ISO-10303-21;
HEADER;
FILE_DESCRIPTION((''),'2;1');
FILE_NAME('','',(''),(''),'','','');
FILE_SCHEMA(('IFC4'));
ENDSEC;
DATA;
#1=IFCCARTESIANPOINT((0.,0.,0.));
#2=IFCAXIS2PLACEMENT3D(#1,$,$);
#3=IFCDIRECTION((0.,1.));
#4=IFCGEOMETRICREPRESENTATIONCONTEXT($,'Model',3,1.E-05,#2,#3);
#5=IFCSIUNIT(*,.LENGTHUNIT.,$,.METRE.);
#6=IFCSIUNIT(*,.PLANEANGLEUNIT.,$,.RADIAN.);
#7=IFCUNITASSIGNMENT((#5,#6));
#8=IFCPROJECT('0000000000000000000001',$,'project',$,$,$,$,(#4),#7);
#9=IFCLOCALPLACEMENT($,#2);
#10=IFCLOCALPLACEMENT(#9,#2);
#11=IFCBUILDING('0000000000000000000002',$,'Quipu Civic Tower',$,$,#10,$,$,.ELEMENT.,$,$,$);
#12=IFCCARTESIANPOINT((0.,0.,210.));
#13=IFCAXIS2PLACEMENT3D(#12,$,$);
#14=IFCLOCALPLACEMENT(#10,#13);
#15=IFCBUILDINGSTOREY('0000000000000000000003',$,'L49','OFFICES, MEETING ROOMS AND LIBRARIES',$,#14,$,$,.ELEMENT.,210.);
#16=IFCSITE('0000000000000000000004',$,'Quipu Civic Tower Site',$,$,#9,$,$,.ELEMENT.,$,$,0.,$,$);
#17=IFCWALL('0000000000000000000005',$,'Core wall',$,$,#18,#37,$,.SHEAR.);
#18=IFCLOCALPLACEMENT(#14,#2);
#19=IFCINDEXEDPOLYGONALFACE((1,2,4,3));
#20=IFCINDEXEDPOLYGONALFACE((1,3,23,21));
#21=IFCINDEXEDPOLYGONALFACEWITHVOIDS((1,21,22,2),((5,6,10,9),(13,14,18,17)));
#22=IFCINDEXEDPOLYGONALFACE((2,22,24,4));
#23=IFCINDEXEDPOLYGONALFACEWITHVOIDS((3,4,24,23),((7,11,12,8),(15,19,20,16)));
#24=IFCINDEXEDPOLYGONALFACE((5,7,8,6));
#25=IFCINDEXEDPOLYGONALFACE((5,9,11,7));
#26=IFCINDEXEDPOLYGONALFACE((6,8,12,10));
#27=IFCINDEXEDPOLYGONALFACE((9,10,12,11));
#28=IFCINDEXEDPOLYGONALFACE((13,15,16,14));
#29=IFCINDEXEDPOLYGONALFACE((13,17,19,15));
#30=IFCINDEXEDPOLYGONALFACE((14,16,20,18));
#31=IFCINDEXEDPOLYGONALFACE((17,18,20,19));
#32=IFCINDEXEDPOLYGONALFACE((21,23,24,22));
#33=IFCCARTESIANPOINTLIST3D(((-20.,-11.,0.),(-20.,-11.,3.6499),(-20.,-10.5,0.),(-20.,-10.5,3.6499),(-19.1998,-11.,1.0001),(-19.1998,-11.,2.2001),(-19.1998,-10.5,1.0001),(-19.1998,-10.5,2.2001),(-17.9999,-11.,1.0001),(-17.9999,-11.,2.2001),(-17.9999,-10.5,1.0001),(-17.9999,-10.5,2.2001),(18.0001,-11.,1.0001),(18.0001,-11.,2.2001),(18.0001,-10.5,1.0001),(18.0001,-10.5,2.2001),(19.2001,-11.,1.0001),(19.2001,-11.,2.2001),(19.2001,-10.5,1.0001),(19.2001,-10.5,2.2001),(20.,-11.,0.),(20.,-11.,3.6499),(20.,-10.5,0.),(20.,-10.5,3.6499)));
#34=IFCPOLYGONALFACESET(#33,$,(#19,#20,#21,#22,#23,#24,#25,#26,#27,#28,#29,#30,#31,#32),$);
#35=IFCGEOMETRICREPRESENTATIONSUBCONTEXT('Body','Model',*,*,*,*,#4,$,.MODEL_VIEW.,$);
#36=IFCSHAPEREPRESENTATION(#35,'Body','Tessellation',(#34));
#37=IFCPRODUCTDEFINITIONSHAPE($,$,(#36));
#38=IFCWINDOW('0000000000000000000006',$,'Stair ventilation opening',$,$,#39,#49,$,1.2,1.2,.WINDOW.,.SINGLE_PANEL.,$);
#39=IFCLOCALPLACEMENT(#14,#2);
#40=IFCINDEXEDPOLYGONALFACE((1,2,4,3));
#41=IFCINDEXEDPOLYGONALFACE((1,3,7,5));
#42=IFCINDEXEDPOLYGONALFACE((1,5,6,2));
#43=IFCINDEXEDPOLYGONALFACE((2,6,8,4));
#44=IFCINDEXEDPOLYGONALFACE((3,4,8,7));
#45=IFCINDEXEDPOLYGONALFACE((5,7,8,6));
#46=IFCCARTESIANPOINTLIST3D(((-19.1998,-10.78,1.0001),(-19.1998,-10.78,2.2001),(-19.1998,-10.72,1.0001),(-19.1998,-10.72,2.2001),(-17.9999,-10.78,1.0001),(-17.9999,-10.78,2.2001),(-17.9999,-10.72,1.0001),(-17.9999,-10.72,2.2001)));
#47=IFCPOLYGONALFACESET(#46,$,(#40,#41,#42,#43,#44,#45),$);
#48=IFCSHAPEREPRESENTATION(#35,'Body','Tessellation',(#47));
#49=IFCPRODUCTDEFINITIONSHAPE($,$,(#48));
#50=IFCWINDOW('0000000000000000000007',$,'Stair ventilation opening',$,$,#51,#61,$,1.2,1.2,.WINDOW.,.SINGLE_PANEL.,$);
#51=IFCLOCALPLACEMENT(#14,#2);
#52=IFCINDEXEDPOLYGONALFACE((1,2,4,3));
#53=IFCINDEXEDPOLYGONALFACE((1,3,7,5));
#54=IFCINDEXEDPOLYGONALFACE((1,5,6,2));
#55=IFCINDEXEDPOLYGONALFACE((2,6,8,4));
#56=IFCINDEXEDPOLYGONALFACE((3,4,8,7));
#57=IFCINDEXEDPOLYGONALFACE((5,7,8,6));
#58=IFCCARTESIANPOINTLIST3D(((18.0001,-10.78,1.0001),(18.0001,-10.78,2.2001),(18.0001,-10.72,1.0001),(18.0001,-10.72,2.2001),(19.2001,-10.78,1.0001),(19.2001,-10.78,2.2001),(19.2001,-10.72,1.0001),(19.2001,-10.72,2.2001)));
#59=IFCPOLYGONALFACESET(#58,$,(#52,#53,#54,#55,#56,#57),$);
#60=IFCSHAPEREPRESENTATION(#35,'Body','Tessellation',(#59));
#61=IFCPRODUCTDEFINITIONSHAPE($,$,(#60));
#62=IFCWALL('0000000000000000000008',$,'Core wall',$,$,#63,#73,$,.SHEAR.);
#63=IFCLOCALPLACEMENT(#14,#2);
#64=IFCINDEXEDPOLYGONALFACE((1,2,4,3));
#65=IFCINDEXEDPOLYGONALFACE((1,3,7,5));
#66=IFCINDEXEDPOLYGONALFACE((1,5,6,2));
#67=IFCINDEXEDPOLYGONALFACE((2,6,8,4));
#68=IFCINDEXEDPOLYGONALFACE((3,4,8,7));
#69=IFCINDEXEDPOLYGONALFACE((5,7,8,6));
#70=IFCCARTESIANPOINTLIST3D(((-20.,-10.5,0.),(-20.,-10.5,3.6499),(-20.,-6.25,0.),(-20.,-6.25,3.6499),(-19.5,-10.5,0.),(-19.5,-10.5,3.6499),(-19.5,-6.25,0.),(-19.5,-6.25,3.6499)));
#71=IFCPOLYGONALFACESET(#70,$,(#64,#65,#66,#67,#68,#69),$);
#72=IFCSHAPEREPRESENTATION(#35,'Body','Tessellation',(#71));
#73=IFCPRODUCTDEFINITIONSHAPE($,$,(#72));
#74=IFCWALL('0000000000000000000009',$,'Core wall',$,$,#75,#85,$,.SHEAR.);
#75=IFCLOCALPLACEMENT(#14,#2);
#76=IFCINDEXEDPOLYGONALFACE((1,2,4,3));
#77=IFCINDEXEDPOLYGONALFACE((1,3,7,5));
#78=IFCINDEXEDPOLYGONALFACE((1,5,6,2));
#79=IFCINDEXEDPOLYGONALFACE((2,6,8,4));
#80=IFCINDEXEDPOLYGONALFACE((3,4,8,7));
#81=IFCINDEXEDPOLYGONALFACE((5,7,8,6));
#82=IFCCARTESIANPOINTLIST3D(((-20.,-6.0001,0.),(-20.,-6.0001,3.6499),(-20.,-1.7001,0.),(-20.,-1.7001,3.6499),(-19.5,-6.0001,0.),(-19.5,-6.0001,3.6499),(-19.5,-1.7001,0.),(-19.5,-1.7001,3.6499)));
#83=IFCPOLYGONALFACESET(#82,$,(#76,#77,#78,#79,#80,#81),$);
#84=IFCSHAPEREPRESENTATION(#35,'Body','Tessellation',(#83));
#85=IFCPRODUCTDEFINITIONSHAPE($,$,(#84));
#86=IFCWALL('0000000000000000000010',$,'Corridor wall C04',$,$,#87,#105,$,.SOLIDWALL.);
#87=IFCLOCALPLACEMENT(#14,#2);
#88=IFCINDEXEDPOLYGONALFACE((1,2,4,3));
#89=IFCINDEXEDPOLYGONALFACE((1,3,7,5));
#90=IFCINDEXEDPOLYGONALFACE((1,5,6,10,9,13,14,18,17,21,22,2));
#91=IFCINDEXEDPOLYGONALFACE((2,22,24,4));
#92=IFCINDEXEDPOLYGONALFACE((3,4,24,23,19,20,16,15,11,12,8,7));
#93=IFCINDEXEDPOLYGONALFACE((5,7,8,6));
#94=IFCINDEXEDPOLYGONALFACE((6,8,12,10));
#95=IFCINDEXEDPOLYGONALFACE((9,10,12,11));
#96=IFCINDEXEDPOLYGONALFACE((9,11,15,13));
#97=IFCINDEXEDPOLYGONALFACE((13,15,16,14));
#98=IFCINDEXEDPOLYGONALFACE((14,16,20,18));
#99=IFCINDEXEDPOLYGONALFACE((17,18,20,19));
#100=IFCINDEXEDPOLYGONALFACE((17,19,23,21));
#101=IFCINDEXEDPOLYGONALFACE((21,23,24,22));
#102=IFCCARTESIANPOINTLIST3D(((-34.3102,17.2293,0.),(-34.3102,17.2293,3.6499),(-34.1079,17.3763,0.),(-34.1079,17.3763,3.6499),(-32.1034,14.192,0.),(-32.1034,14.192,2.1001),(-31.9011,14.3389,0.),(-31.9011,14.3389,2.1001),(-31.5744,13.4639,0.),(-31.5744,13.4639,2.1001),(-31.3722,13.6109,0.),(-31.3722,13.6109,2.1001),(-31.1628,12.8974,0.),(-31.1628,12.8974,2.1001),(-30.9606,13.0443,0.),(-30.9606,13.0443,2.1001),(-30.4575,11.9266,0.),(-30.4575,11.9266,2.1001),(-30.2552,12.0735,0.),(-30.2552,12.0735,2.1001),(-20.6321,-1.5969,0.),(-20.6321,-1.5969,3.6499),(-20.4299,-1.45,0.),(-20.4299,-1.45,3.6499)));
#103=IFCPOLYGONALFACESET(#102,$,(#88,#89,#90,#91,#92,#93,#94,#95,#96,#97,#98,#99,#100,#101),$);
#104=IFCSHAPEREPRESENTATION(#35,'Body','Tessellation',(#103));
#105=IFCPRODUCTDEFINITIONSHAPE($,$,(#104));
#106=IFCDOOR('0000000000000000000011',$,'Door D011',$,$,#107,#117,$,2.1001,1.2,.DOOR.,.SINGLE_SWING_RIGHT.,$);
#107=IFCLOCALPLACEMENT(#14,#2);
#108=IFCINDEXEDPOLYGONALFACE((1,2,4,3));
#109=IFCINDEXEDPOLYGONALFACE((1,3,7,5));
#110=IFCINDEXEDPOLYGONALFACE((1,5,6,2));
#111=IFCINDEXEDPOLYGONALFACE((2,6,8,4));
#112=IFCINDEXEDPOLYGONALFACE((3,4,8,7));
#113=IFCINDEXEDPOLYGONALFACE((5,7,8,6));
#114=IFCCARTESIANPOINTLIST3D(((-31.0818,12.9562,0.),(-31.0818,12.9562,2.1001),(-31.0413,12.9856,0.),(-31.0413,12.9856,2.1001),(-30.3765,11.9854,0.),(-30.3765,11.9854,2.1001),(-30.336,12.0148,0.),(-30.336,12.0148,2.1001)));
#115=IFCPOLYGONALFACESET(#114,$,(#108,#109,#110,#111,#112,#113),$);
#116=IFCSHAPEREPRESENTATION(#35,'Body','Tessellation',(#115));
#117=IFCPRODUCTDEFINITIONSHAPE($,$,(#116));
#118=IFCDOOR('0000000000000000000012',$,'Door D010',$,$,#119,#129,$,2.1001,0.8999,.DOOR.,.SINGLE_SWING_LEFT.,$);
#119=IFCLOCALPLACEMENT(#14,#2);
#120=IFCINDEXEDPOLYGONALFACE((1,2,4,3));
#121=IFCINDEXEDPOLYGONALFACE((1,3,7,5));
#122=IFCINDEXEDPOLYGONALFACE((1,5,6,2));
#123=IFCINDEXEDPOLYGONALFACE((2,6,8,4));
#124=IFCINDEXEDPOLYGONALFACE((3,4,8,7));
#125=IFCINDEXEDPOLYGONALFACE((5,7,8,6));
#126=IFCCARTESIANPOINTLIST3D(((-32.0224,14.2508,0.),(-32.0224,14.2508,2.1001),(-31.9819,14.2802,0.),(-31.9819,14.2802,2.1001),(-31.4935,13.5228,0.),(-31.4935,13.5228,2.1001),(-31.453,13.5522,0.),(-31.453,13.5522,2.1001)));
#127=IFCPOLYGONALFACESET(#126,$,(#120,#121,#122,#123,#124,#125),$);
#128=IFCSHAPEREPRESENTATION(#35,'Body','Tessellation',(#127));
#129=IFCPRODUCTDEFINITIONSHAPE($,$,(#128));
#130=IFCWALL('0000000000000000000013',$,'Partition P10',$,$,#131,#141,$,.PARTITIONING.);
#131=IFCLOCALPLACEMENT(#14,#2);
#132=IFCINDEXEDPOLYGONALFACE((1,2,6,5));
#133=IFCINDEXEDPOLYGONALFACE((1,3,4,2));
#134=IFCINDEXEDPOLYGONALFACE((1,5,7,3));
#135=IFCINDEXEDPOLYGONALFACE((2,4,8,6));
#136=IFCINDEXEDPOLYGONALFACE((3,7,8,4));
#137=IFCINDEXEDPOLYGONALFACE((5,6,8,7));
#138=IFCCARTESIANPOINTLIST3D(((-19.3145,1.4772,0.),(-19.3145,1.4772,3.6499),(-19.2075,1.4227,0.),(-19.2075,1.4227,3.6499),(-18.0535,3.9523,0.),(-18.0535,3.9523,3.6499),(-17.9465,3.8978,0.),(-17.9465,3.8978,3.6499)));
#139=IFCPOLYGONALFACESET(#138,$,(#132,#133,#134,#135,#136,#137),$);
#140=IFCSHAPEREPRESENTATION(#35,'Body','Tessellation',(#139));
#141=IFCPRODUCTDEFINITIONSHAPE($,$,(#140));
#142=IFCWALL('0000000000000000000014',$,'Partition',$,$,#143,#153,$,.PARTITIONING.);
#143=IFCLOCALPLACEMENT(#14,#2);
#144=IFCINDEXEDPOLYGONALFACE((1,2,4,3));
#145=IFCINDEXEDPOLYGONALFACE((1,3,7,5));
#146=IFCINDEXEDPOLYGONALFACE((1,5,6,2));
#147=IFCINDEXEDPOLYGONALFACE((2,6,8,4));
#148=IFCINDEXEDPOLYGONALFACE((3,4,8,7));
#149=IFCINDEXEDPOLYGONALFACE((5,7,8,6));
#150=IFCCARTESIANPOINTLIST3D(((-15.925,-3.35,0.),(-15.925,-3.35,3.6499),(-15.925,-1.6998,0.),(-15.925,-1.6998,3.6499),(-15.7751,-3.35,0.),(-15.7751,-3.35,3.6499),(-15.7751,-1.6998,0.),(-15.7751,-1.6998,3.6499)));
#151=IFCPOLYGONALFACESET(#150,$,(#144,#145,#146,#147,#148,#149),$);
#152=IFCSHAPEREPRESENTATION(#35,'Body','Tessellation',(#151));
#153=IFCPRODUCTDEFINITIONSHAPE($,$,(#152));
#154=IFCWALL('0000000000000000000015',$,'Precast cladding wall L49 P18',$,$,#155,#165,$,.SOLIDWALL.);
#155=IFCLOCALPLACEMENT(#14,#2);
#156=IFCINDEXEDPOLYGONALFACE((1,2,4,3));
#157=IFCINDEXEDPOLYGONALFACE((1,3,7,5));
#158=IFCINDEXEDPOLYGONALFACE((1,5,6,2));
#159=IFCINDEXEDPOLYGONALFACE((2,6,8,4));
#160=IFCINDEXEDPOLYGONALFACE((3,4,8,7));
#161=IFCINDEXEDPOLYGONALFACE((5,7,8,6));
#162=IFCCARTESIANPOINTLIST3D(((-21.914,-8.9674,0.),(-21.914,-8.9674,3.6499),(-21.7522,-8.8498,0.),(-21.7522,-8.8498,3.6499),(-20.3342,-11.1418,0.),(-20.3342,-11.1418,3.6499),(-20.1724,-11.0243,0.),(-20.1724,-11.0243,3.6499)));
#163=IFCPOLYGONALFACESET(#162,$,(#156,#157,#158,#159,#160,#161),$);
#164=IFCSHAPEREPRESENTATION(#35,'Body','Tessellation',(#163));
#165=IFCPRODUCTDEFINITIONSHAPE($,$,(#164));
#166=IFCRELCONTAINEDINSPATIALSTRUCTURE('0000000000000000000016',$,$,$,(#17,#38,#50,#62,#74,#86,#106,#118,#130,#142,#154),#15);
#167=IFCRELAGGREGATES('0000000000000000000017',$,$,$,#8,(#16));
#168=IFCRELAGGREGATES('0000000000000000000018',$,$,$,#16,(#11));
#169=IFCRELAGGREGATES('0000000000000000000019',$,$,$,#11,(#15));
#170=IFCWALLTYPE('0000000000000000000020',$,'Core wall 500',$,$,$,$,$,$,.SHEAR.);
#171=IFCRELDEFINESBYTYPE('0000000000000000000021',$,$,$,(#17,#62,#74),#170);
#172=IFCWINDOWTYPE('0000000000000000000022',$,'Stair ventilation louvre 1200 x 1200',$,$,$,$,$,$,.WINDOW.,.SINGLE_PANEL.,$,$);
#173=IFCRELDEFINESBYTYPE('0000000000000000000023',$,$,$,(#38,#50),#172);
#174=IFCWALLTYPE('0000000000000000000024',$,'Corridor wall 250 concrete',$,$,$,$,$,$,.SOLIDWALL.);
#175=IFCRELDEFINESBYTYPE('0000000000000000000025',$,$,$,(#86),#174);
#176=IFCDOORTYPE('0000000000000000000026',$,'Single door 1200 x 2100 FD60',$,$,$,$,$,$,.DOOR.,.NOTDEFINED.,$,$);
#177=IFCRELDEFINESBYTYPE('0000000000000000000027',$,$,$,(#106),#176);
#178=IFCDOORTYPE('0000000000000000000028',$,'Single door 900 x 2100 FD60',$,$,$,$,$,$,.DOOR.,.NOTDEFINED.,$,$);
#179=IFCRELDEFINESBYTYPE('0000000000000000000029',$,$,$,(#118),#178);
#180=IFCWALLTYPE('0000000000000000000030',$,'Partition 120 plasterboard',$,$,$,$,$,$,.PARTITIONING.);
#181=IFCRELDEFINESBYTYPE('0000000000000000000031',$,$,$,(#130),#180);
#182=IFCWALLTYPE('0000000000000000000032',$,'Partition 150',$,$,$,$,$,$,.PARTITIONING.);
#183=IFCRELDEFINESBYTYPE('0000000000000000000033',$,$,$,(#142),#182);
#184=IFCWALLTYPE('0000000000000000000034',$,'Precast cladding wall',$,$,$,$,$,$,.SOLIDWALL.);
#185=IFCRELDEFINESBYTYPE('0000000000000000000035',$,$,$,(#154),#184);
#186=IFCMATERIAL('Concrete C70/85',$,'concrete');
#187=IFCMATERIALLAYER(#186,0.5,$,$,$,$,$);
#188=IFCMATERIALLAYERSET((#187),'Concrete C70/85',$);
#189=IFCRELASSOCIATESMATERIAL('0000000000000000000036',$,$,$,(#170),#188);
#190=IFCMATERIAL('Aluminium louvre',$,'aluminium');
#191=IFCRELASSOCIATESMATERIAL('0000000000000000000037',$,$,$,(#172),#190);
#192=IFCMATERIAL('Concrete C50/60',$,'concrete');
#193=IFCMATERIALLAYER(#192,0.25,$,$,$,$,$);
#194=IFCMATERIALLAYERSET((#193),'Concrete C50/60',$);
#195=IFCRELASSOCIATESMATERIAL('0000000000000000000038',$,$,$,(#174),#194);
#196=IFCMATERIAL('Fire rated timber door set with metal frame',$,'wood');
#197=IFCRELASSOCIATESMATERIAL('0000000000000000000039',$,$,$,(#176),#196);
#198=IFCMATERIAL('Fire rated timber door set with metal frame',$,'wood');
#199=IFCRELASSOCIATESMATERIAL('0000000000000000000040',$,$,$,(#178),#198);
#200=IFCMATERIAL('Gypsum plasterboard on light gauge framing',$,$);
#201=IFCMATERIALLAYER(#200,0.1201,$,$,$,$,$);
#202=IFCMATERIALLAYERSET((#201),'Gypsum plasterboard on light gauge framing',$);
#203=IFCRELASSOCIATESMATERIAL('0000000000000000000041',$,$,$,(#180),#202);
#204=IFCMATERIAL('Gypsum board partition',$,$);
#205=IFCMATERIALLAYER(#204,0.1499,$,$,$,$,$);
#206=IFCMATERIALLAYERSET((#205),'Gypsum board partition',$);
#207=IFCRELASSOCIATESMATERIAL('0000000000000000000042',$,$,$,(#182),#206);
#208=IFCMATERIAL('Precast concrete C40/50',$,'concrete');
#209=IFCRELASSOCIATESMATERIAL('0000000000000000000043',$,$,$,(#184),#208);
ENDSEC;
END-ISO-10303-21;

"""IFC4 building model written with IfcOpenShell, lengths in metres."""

from ifc_helpers import new_model, si_unit, direction, frame, frame_2d, origin, place, context, subcontext, project, spatial, rectangle, extrude, material, layer, layer_set, type_object, element, fill, save


model = new_model("IFC4")

# Units and contexts
model_context = context("Model", 3, precision=1e-05, world=origin(), true_north=direction((0.0, 1.0)))
body_context = subcontext(model_context, "Body", "Model", "MODEL_VIEW")
ifc_project = project(units=[si_unit("LENGTHUNIT", "METRE"), si_unit("PLANEANGLEUNIT", "RADIAN")], contexts=[model_context])

# Site, building, storey
site_placement = place(None, origin())
site = spatial("IfcSite", under=ifc_project, at=site_placement, Name="Quipu Civic Tower Site", CompositionType="ELEMENT", RefElevation=0.0)
building_placement = place(site_placement, origin())
building = spatial("IfcBuilding", under=site, at=building_placement, Name="Quipu Civic Tower", CompositionType="ELEMENT")
storey_placement = place(building_placement, frame((0.0, 0.0, 210.0)))
storey = spatial("IfcBuildingStorey", under=building, at=storey_placement, Name="L49", Description="OFFICES, MEETING ROOMS AND LIBRARIES", CompositionType="ELEMENT", Elevation=210.0)

# Wall, openings, windows
ifc_material_1 = material(Name="Concrete C70/85", Category="concrete")
ifc_layer_1 = layer(ifc_material_1, 0.5)
ifc_layer_set_1 = layer_set([ifc_layer_1], Name="Concrete C70/85")
wall_type_1 = type_object("IfcWallType", Name="Core wall 500", PredefinedType="SHEAR", material=ifc_layer_set_1)
wall_1_placement = place(storey_placement, frame((-20.0, -10.75, 0.0), z_axis=(0.0, 0.0, 1.0), x_axis=(1.0, 0.0, 0.0)))
wall_1 = element("IfcWall", 1, at=wall_1_placement, inside=storey, type_object=wall_type_1, Name="Core wall", PredefinedType="SHEAR", context=body_context, shape_type="SweptSolid", body=[
    extrude(rectangle(XDim=40.0, YDim=0.5, at=frame_2d((20.0, 0.0))), origin(), (0.0, 0.0, 1.0), 3.6499),
])
opening_1_placement = place(wall_1_placement, frame((0.8, 0.0, 1.0)))
opening_1 = element("IfcOpeningElement", 2, at=opening_1_placement, cuts=wall_1, PredefinedType="OPENING", context=body_context, shape_type="SweptSolid", body=[
    extrude(rectangle(XDim=1.2, YDim=1.2, at=frame_2d((0.6001, 0.6001))), frame((0.0, 0.26, 0.0), z_axis=(0.0, -1.0, 0.0), x_axis=(1.0, 0.0, 0.0)), (0.0, 0.0, 1.0), 0.52),
])
opening_2_placement = place(wall_1_placement, frame((38.0, 0.0, 1.0)))
opening_2 = element("IfcOpeningElement", 3, at=opening_2_placement, cuts=wall_1, PredefinedType="OPENING", context=body_context, shape_type="SweptSolid", body=[
    extrude(rectangle(XDim=1.2, YDim=1.2, at=frame_2d((0.6001, 0.6001))), frame((0.0, 0.26, 0.0), z_axis=(0.0, -1.0, 0.0), x_axis=(1.0, 0.0, 0.0)), (0.0, 0.0, 1.0), 0.52),
])
ifc_material_2 = material(Name="Aluminium louvre", Category="aluminium")
window_type = type_object("IfcWindowType", Name="Stair ventilation louvre 1200 x 1200", PartitioningType="SINGLE_PANEL", PredefinedType="WINDOW", material=ifc_material_2)
window_1_placement = place(opening_1_placement, origin())
window_1 = element("IfcWindow", 4, at=window_1_placement, inside=storey, type_object=window_type, Name="Stair ventilation opening", OverallHeight=1.2, OverallWidth=1.2, PartitioningType="SINGLE_PANEL", PredefinedType="WINDOW", context=body_context, shape_type="SweptSolid", body=[
    extrude(rectangle(XDim=1.2, YDim=1.2, at=frame_2d((0.6001, 0.6001))), frame((0.0, 0.03, 0.0), z_axis=(0.0, -1.0, 0.0), x_axis=(1.0, 0.0, 0.0)), (0.0, 0.0, 1.0), 0.0601),
])
fill(opening_1, window_1)
window_2_placement = place(opening_2_placement, origin())
window_2 = element("IfcWindow", 5, at=window_2_placement, inside=storey, type_object=window_type, Name="Stair ventilation opening", OverallHeight=1.2, OverallWidth=1.2, PartitioningType="SINGLE_PANEL", PredefinedType="WINDOW", context=body_context, shape_type="SweptSolid", body=[
    extrude(rectangle(XDim=1.2, YDim=1.2, at=frame_2d((0.6001, 0.6001))), frame((0.0, 0.03, 0.0), z_axis=(0.0, -1.0, 0.0), x_axis=(1.0, 0.0, 0.0)), (0.0, 0.0, 1.0), 0.0601),
])
fill(opening_2, window_2)

# Walls
wall_2_placement = place(storey_placement, frame((-19.75, -10.5, 0.0), z_axis=(0.0, 0.0, 1.0), x_axis=(0.0, 1.0, 0.0)))
element("IfcWall", 6, at=wall_2_placement, inside=storey, type_object=wall_type_1, Name="Core wall", PredefinedType="SHEAR", context=body_context, shape_type="SweptSolid", body=[
    extrude(rectangle(XDim=4.25, YDim=0.5, at=frame_2d((2.125, 0.0))), origin(), (0.0, 0.0, 1.0), 3.6499),
])
wall_3_placement = place(storey_placement, frame((-19.75, -6.0, 0.0), z_axis=(0.0, 0.0, 1.0), x_axis=(0.0, 1.0, 0.0)))
element("IfcWall", 7, at=wall_3_placement, inside=storey, type_object=wall_type_1, Name="Core wall", PredefinedType="SHEAR", context=body_context, shape_type="SweptSolid", body=[
    extrude(rectangle(XDim=4.3, YDim=0.5, at=frame_2d((2.1499, 0.0))), origin(), (0.0, 0.0, 1.0), 3.6499),
])

# Wall, openings, doors
ifc_material_3 = material(Name="Concrete C50/60", Category="concrete")
ifc_layer_2 = layer(ifc_material_3, 0.25)
ifc_layer_set_2 = layer_set([ifc_layer_2], Name="Concrete C50/60")
wall_type_2 = type_object("IfcWallType", Name="Corridor wall 250 concrete", PredefinedType="SOLIDWALL", material=ifc_layer_set_2)
wall_4_placement = place(storey_placement, frame((-20.531, -1.5234, 0.0), z_axis=(0.0, 0.0, 1.0), x_axis=(-0.587784, 0.809018, 0.0)))
wall_4 = element("IfcWall", 8, at=wall_4_placement, inside=storey, type_object=wall_type_2, Name="Corridor wall C04", PredefinedType="SOLIDWALL", context=body_context, shape_type="SweptSolid", body=[
    extrude(rectangle(XDim=23.2705, YDim=0.25, at=frame_2d((11.6353, 0.0))), origin(), (0.0, 0.0, 1.0), 3.6499),
])
opening_3_placement = place(wall_4_placement, frame((16.7158, 0.0, 0.0)))
opening_3 = element("IfcOpeningElement", 9, at=opening_3_placement, cuts=wall_4, PredefinedType="OPENING", context=body_context, shape_type="SweptSolid", body=[
    extrude(rectangle(XDim=1.2, YDim=2.1001, at=frame_2d((0.6001, 1.05))), frame((0.0, 0.135, 0.0), z_axis=(0.0, -1.0, 0.0), x_axis=(1.0, 0.0, 0.0)), (0.0, 0.0, 1.0), 0.27),
])
opening_4_placement = place(wall_4_placement, frame((18.6162, 0.0, 0.0)))
opening_4 = element("IfcOpeningElement", 10, at=opening_4_placement, cuts=wall_4, PredefinedType="OPENING", context=body_context, shape_type="SweptSolid", body=[
    extrude(rectangle(XDim=0.8999, YDim=2.1001, at=frame_2d((0.45, 1.05))), frame((0.0, 0.135, 0.0), z_axis=(0.0, -1.0, 0.0), x_axis=(1.0, 0.0, 0.0)), (0.0, 0.0, 1.0), 0.27),
])
ifc_material_4 = material(Name="Fire rated timber door set with metal frame", Category="wood")
door_type_1 = type_object("IfcDoorType", Name="Single door 1200 x 2100 FD60", OperationType="NOTDEFINED", PredefinedType="DOOR", material=ifc_material_4)
door_1_placement = place(opening_3_placement, origin())
door_1 = element("IfcDoor", 11, at=door_1_placement, inside=storey, type_object=door_type_1, Name="Door D011", OperationType="SINGLE_SWING_RIGHT", OverallHeight=2.1001, OverallWidth=1.2, PredefinedType="DOOR", context=body_context, shape_type="SweptSolid", body=[
    extrude(rectangle(XDim=1.2, YDim=2.1001, at=frame_2d((0.6001, 1.05))), frame((0.0, 0.0249, 0.0), z_axis=(0.0, -1.0, 0.0), x_axis=(1.0, 0.0, 0.0)), (0.0, 0.0, 1.0), 0.05),
])
fill(opening_3, door_1)
ifc_material_5 = material(Name="Fire rated timber door set with metal frame", Category="wood")
door_type_2 = type_object("IfcDoorType", Name="Single door 900 x 2100 FD60", OperationType="NOTDEFINED", PredefinedType="DOOR", material=ifc_material_5)
door_2_placement = place(opening_4_placement, origin())
door_2 = element("IfcDoor", 12, at=door_2_placement, inside=storey, type_object=door_type_2, Name="Door D010", OperationType="SINGLE_SWING_LEFT", OverallHeight=2.1001, OverallWidth=0.8999, PredefinedType="DOOR", context=body_context, shape_type="SweptSolid", body=[
    extrude(rectangle(XDim=0.8999, YDim=2.1001, at=frame_2d((0.45, 1.05))), frame((0.0, 0.0249, 0.0), z_axis=(0.0, -1.0, 0.0), x_axis=(1.0, 0.0, 0.0)), (0.0, 0.0, 1.0), 0.05),
])
fill(opening_4, door_2)

# Walls
ifc_material_6 = material(Name="Gypsum plasterboard on light gauge framing")
ifc_layer_3 = layer(ifc_material_6, 0.1201)
ifc_layer_set_3 = layer_set([ifc_layer_3], Name="Gypsum plasterboard on light gauge framing")
wall_type_3 = type_object("IfcWallType", Name="Partition 120 plasterboard", PredefinedType="PARTITIONING", material=ifc_layer_set_3)
wall_5_placement = place(storey_placement, frame((-19.261, 1.45, 0.0), z_axis=(0.0, 0.0, 1.0), x_axis=(0.453951, 0.891027, 0.0)))
element("IfcWall", 13, at=wall_5_placement, inside=storey, type_object=wall_type_3, Name="Partition P10", PredefinedType="PARTITIONING", context=body_context, shape_type="SweptSolid", body=[
    extrude(rectangle(XDim=2.7778, YDim=0.1201, at=frame_2d((1.3889, 0.0))), origin(), (0.0, 0.0, 1.0), 3.6499),
])
ifc_material_7 = material(Name="Gypsum board partition")
ifc_layer_4 = layer(ifc_material_7, 0.1499)
ifc_layer_set_4 = layer_set([ifc_layer_4], Name="Gypsum board partition")
wall_type_4 = type_object("IfcWallType", Name="Partition 150", PredefinedType="PARTITIONING", material=ifc_layer_set_4)
wall_6_placement = place(storey_placement, frame((-15.8501, -3.3501, 0.0), z_axis=(0.0, 0.0, 1.0), x_axis=(0.0, 1.0, 0.0)))
element("IfcWall", 14, at=wall_6_placement, inside=storey, type_object=wall_type_4, Name="Partition", PredefinedType="PARTITIONING", context=body_context, shape_type="SweptSolid", body=[
    extrude(rectangle(XDim=1.6501, YDim=0.1499, at=frame_2d((0.8252, 0.0))), origin(), (0.0, 0.0, 1.0), 3.6499),
])
ifc_material_8 = material(Name="Precast concrete C40/50", Category="concrete")
wall_type_5 = type_object("IfcWallType", Name="Precast cladding wall", PredefinedType="SOLIDWALL", material=ifc_material_8)
wall_7_placement = place(storey_placement, frame((-21.833, -8.9087, 0.0), z_axis=(0.0, 0.0, 1.0), x_axis=(0.587767, -0.809031, 0.0)))
element("IfcWall", 15, at=wall_7_placement, inside=storey, type_object=wall_type_5, Name="Precast cladding wall L49 P18", PredefinedType="SOLIDWALL", context=body_context, shape_type="SweptSolid", body=[
    extrude(rectangle(XDim=2.6877, YDim=0.2, at=frame_2d((1.3438, 0.0))), origin(), (0.0, 0.0, 1.0), 3.6499),
])

save(model, "model.ifc")
